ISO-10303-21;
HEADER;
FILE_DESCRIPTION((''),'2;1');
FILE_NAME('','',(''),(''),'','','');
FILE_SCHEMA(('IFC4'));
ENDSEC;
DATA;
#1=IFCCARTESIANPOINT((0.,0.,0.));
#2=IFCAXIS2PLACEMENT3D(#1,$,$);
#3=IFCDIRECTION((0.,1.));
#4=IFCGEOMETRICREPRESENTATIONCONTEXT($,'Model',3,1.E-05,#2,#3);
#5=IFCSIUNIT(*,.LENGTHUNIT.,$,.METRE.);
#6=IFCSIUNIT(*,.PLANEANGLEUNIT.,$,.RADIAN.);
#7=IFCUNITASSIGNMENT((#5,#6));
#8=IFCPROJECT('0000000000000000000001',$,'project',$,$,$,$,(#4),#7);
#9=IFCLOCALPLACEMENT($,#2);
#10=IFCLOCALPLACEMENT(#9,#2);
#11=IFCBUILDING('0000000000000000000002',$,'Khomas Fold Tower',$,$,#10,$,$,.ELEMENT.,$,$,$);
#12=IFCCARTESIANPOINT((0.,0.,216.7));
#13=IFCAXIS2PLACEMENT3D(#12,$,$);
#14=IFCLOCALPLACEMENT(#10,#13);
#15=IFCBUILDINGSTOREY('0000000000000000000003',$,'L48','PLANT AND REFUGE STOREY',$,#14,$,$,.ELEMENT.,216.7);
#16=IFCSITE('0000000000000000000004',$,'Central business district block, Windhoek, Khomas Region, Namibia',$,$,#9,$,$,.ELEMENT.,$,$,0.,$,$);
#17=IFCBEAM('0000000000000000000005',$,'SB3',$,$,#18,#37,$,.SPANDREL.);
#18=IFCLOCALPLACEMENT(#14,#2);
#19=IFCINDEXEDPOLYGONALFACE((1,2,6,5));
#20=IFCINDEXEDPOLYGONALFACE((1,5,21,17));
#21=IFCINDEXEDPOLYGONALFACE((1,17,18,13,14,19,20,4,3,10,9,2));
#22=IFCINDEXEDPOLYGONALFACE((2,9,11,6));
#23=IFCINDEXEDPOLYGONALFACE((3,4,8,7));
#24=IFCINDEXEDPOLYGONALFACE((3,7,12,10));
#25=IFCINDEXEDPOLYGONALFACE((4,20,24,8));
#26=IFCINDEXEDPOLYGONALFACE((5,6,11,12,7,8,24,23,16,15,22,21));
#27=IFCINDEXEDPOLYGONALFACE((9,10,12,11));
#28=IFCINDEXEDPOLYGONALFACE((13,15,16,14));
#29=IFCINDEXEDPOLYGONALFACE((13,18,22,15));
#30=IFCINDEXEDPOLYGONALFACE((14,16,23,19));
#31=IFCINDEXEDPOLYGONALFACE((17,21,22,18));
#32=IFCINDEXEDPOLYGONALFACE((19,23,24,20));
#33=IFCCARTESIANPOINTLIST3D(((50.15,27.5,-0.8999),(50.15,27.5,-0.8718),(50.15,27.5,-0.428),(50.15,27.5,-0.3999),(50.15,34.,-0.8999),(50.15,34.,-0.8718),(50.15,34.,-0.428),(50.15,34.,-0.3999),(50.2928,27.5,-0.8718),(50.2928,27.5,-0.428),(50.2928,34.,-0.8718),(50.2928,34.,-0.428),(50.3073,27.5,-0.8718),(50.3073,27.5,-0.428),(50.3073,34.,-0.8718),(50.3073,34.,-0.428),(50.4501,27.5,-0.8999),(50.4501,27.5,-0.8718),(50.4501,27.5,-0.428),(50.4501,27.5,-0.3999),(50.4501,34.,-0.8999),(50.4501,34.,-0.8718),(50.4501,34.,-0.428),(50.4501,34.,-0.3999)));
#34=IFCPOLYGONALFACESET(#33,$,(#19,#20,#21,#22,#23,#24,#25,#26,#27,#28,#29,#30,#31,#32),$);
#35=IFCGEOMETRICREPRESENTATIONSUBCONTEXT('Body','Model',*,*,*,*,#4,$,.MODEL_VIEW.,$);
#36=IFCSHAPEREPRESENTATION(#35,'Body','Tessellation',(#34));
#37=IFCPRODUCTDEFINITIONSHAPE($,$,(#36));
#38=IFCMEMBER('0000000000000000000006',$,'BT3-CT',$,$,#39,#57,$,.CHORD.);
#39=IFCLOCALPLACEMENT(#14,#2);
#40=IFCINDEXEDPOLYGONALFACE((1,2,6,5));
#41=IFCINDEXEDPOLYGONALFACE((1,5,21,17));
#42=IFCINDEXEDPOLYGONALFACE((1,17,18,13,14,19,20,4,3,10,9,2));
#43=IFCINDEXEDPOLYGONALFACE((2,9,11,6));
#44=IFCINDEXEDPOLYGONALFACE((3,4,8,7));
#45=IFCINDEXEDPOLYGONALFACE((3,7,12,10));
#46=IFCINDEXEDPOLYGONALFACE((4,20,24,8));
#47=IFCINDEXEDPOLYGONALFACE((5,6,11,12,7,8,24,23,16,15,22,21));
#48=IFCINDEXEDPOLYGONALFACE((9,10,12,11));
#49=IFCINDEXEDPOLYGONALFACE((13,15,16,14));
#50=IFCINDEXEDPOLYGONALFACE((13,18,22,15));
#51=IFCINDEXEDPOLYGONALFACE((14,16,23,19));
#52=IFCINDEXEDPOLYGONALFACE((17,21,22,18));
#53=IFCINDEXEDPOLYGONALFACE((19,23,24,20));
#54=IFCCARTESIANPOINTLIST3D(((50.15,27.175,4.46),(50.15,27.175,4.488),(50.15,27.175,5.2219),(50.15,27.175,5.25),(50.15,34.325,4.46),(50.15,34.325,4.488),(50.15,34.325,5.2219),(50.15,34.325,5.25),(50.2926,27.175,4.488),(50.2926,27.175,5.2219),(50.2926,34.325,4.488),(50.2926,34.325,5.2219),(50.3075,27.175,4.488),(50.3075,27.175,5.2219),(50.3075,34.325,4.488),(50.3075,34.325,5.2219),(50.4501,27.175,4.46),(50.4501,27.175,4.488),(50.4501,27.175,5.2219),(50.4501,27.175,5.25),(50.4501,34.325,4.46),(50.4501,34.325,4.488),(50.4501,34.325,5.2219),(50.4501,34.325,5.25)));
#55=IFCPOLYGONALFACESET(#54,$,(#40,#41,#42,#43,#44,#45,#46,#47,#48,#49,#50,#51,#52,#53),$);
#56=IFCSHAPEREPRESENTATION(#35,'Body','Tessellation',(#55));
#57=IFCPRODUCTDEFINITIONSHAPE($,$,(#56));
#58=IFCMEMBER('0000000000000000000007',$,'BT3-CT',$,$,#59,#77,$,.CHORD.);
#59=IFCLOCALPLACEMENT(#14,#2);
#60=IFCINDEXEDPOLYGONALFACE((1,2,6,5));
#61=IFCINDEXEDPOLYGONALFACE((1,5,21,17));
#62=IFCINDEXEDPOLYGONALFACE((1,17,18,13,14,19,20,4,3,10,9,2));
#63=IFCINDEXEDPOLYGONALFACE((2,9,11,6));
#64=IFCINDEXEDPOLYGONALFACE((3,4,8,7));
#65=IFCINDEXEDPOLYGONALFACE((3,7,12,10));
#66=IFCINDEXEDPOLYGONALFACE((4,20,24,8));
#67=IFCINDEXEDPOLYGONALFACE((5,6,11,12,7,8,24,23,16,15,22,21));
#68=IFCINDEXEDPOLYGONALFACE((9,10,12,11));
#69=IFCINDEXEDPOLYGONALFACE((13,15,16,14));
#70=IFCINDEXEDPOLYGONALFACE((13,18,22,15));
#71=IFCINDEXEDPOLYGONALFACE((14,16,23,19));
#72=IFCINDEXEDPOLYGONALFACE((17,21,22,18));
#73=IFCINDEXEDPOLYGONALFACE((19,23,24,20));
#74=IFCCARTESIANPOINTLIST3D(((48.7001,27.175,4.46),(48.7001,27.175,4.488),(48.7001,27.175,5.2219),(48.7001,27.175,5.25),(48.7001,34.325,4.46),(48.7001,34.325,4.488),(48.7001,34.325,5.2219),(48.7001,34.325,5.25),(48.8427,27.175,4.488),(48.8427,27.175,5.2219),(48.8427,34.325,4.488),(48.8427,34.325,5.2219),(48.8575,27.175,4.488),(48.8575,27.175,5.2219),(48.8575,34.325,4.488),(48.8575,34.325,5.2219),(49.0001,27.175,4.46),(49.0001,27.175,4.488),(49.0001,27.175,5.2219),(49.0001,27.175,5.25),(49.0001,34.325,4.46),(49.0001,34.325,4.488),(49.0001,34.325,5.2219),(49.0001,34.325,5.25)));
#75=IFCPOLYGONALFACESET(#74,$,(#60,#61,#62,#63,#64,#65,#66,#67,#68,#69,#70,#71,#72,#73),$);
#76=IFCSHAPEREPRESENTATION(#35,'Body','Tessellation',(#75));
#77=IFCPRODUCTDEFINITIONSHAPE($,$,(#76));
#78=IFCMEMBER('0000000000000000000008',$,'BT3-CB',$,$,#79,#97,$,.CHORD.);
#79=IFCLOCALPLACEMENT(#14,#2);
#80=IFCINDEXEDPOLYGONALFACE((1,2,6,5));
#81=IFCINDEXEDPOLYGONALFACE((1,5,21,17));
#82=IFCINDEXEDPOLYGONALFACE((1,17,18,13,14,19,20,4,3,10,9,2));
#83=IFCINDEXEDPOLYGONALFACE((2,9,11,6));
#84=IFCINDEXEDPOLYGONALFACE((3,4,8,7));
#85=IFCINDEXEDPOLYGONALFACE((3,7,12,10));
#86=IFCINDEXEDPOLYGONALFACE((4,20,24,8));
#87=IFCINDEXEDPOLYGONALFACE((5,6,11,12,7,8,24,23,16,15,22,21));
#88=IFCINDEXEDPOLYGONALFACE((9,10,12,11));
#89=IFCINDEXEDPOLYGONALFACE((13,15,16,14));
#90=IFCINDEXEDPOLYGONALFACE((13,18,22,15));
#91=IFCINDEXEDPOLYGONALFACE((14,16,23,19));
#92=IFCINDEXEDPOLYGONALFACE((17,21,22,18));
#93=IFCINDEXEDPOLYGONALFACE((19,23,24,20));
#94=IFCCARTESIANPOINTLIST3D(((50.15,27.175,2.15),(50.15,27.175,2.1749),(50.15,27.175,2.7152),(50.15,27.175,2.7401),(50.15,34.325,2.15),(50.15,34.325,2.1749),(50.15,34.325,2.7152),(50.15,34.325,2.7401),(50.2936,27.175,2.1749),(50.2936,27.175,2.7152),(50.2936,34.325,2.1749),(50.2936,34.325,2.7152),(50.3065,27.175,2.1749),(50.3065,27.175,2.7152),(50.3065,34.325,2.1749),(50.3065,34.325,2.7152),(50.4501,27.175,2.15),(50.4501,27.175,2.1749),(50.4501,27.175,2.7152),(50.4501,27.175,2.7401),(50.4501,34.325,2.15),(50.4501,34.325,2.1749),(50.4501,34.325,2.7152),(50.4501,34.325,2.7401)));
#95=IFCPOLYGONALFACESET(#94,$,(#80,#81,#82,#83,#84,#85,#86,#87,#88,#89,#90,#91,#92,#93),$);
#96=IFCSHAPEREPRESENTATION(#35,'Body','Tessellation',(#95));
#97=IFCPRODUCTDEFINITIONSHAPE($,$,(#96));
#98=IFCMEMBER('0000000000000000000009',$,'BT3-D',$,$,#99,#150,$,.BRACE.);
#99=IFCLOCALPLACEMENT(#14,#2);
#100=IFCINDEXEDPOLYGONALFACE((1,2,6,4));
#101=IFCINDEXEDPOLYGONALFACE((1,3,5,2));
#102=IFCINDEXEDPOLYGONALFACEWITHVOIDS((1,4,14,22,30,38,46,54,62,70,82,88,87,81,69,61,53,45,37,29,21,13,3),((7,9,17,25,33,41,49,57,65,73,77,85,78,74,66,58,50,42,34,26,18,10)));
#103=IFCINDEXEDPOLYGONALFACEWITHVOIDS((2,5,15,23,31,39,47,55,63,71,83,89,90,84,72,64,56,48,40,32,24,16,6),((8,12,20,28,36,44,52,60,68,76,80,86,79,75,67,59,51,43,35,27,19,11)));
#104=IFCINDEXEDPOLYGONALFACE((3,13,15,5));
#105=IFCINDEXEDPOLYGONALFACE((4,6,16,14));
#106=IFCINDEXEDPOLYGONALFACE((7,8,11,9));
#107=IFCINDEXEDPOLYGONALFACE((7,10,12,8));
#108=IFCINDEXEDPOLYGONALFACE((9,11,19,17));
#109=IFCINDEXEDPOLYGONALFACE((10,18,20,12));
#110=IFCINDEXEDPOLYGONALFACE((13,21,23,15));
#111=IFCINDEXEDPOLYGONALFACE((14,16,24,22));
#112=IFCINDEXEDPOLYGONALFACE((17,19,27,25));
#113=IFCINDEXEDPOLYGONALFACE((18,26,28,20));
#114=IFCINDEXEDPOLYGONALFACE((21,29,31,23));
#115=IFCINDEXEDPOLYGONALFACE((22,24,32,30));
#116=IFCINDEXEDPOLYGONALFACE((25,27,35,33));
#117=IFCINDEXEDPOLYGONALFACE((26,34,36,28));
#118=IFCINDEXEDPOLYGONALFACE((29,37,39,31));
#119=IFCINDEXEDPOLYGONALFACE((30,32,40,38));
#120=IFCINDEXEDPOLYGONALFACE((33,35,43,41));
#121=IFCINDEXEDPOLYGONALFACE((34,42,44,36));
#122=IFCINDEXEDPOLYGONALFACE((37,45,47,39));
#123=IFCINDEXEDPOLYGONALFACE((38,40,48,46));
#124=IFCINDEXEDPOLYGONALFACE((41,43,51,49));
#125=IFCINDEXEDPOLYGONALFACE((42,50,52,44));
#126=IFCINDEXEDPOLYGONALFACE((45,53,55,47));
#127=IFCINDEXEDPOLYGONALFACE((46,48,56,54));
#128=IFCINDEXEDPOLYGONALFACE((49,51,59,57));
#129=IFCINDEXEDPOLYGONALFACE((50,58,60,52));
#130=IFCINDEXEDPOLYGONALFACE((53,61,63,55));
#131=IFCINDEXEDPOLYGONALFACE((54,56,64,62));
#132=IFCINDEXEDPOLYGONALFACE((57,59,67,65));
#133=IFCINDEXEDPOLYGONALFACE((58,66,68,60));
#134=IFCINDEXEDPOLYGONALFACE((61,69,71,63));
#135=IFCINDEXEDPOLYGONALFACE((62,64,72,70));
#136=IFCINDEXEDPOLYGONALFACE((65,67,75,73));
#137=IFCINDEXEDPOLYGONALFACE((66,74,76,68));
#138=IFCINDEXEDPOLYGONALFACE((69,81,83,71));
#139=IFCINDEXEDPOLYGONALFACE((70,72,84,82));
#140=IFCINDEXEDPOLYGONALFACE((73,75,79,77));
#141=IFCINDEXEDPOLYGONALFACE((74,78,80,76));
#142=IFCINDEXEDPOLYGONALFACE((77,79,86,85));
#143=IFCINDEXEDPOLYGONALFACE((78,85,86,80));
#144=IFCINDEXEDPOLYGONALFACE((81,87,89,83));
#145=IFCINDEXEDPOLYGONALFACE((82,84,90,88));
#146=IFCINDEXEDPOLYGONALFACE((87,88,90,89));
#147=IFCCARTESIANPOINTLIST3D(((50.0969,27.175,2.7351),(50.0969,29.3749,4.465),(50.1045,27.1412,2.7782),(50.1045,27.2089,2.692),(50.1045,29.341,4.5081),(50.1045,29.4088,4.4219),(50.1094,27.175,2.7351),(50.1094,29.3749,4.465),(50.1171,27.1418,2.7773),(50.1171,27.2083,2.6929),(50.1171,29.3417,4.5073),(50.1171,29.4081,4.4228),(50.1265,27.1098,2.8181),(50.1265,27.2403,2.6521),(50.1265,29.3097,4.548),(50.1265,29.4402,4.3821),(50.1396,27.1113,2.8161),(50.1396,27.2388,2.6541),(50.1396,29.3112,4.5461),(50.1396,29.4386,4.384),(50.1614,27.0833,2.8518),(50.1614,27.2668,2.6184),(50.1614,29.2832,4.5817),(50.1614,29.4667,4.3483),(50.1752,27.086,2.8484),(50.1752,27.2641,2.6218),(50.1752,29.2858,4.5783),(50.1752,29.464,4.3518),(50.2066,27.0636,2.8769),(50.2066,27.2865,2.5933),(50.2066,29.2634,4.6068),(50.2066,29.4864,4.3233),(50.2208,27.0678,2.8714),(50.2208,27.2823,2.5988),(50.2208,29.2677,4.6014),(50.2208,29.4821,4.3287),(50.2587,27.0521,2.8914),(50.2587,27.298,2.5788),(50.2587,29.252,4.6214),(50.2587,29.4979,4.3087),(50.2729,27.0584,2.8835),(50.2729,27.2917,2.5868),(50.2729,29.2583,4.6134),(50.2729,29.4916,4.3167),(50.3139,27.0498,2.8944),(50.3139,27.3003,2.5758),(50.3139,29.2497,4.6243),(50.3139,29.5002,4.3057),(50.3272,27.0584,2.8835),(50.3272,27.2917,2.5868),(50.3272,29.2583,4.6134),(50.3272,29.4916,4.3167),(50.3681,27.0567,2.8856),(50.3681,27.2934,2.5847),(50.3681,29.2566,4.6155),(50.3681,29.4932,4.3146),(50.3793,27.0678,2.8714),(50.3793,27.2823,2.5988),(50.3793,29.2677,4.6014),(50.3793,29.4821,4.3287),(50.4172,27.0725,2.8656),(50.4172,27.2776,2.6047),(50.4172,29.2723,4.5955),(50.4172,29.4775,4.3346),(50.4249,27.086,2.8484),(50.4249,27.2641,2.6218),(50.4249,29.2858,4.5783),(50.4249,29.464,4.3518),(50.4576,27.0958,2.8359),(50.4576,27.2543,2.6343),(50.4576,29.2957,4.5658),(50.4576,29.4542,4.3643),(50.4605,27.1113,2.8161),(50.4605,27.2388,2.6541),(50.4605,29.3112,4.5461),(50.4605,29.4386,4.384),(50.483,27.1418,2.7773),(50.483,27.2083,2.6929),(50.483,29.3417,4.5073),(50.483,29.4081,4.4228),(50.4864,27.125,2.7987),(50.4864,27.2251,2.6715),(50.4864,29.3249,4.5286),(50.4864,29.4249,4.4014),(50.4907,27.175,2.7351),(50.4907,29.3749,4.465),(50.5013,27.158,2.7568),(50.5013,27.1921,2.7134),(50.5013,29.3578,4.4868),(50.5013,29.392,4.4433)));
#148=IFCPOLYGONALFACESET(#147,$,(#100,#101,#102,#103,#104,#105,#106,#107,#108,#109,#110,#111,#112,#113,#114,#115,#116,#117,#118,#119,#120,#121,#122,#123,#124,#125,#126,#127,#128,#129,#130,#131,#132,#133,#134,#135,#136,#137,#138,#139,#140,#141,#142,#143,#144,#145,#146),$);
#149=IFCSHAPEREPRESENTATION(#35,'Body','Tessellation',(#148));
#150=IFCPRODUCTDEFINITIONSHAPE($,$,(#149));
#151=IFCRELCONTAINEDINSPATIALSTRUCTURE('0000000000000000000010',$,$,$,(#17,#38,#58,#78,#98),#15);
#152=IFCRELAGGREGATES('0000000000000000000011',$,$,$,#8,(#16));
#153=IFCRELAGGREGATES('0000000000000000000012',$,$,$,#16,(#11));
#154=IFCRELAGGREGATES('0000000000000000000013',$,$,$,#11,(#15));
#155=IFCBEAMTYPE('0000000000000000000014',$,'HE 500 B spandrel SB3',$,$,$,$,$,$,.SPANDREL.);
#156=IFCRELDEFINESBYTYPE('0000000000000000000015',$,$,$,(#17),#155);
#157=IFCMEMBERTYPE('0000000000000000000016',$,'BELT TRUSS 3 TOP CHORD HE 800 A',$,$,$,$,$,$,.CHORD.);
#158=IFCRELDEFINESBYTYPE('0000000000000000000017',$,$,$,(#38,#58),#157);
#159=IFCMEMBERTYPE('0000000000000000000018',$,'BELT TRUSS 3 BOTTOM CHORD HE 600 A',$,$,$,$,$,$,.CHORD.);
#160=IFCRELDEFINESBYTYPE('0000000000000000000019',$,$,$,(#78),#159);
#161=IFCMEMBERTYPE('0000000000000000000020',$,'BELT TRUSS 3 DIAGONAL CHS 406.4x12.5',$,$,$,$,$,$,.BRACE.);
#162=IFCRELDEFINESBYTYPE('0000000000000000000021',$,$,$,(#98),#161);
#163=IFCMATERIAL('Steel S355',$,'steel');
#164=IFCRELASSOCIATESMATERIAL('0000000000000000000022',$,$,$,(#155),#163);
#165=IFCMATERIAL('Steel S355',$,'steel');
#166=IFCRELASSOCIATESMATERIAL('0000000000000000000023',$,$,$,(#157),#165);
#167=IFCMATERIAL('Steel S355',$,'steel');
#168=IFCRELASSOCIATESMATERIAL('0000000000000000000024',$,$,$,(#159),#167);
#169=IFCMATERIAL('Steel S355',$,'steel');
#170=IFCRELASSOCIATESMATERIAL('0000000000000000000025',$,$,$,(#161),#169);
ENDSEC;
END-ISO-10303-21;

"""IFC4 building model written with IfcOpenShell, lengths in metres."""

from ifc_helpers import new_model, si_unit, direction, frame, origin, origin_2d, place, context, subcontext, project, spatial, hollow_circle, i_section, extrude, source, transform, mapped, material, material_profile, profile_set, type_object, element, save


model = new_model("IFC4")

# Units and contexts
model_context = context("Model", 3, precision=1e-05, world=origin(), true_north=direction((0.0, 1.0)))
body_context = subcontext(model_context, "Body", "Model", "MODEL_VIEW")
ifc_project = project(units=[si_unit("LENGTHUNIT", "METRE"), si_unit("PLANEANGLEUNIT", "RADIAN")], contexts=[model_context])

# Site, building, storey
site_placement = place(None, origin())
site = spatial("IfcSite", under=ifc_project, at=site_placement, Name="Central business district block, Windhoek, Khomas Region, Namibia", CompositionType="ELEMENT", RefElevation=0.0)
building_placement = place(site_placement, origin())
building = spatial("IfcBuilding", under=site, at=building_placement, Name="Khomas Fold Tower", CompositionType="ELEMENT")
storey_placement = place(building_placement, frame((0.0, 0.0, 216.7)))
storey = spatial("IfcBuildingStorey", under=building, at=storey_placement, Name="L48", Description="PLANT AND REFUGE STOREY", CompositionType="ELEMENT", Elevation=216.7)

# Beam
ifc_material_1 = material(Name="Steel S355", Category="steel")
ifc_material_profile_1 = material_profile(ifc_material_1, i_section(OverallWidth=0.3, OverallDepth=0.5, WebThickness=0.0144, FlangeThickness=0.0281, at=origin_2d()), Name="HE 500 B")
ifc_profile_set_1 = profile_set([ifc_material_profile_1], Name="Steel S355")
beam_type_1 = type_object("IfcBeamType", Name="HE 500 B spandrel SB3", PredefinedType="SPANDREL", material=ifc_profile_set_1)
shared_shape_1 = source(origin(), body_context, "Body", "SweptSolid", [
    extrude(i_section(OverallWidth=0.3, OverallDepth=0.5, WebThickness=0.0144, FlangeThickness=0.0281, at=origin_2d()), origin(), (0.0, 0.0, 1.0), 6.5),
])
beam_1_placement = place(storey_placement, frame((50.3, 27.5, -0.6499), z_axis=(0.0, 1.0, 0.0), x_axis=(-1.0, 0.0, 0.0)))
element("IfcBeam", 1, at=beam_1_placement, inside=storey, type_object=beam_type_1, Name="SB3", PredefinedType="SPANDREL", context=body_context, shape_type="MappedRepresentation", body=[
    mapped(shared_shape_1, transform((0.0, 0.0, 0.0))),
])

# Members
ifc_material_2 = material(Name="Steel S355", Category="steel")
ifc_material_profile_2 = material_profile(ifc_material_2, i_section(OverallWidth=0.3, OverallDepth=0.79, WebThickness=0.0149, FlangeThickness=0.0281, at=origin_2d()), Name="HE 800 A")
ifc_profile_set_2 = profile_set([ifc_material_profile_2], Name="Steel S355")
member_type_1 = type_object("IfcMemberType", Name="BELT TRUSS 3 TOP CHORD HE 800 A", PredefinedType="CHORD", material=ifc_profile_set_2)
shared_shape_2 = source(origin(), body_context, "Body", "SweptSolid", [
    extrude(i_section(OverallWidth=0.3, OverallDepth=0.79, WebThickness=0.0149, FlangeThickness=0.0281, at=origin_2d()), origin(), (0.0, 0.0, 1.0), 7.1499),
])
for number, where, z_axis, x_axis, name in (
    (2, (50.3, 27.175, 4.855), (0.0, 1.0, 0.0), (-1.0, 0.0, 0.0), "BT3-CT"),
    (3, (48.8501, 27.175, 4.855), (0.0, 1.0, 0.0), (-1.0, 0.0, 0.0), "BT3-CT"),
):
    element("IfcMember", number, at=place(storey_placement, frame(where, z_axis=z_axis, x_axis=x_axis)), inside=storey, type_object=member_type_1, Name=name, PredefinedType="CHORD", context=body_context, shape_type="MappedRepresentation", body=[
        mapped(shared_shape_2, transform((0.0, 0.0, 0.0))),
    ])
ifc_material_3 = material(Name="Steel S355", Category="steel")
ifc_material_profile_3 = material_profile(ifc_material_3, i_section(OverallWidth=0.3, OverallDepth=0.5901, WebThickness=0.0129, FlangeThickness=0.0249, at=origin_2d()), Name="HE 600 A")
ifc_profile_set_3 = profile_set([ifc_material_profile_3], Name="Steel S355")
member_type_2 = type_object("IfcMemberType", Name="BELT TRUSS 3 BOTTOM CHORD HE 600 A", PredefinedType="CHORD", material=ifc_profile_set_3)
shared_shape_3 = source(origin(), body_context, "Body", "SweptSolid", [
    extrude(i_section(OverallWidth=0.3, OverallDepth=0.5901, WebThickness=0.0129, FlangeThickness=0.0249, at=origin_2d()), origin(), (0.0, 0.0, 1.0), 7.1499),
])
member_1_placement = place(storey_placement, frame((50.3, 27.175, 2.4451), z_axis=(0.0, 1.0, 0.0), x_axis=(-1.0, 0.0, 0.0)))
element("IfcMember", 4, at=member_1_placement, inside=storey, type_object=member_type_2, Name="BT3-CB", PredefinedType="CHORD", context=body_context, shape_type="MappedRepresentation", body=[
    mapped(shared_shape_3, transform((0.0, 0.0, 0.0))),
])
ifc_material_4 = material(Name="Steel S355", Category="steel")
ifc_material_profile_4 = material_profile(ifc_material_4, hollow_circle(Radius=0.2031, WallThickness=0.0125, at=origin_2d()), Name="CHS 406.4x12.5")
ifc_profile_set_4 = profile_set([ifc_material_profile_4], Name="Steel S355")
member_type_3 = type_object("IfcMemberType", Name="BELT TRUSS 3 DIAGONAL CHS 406.4x12.5", PredefinedType="BRACE", material=ifc_profile_set_4)
shared_shape_4 = source(origin(), body_context, "Body", "SweptSolid", [
    extrude(hollow_circle(Radius=0.2031, WallThickness=0.0125, at=origin_2d()), origin(), (0.0, 0.0, 1.0), 2.7986),
])
for number, where, z_axis, x_axis, name in (
    (5, (50.3, 27.175, 2.7351), (0.0, 0.786067, 0.618141), (-1.0, 0.0, 0.0), "BT3-D"),
):
    element("IfcMember", number, at=place(storey_placement, frame(where, z_axis=z_axis, x_axis=x_axis)), inside=storey, type_object=member_type_3, Name=name, PredefinedType="BRACE", context=body_context, shape_type="MappedRepresentation", body=[
        mapped(shared_shape_4, transform((0.0, 0.0, 0.0))),
    ])

save(model, "model.ifc")
